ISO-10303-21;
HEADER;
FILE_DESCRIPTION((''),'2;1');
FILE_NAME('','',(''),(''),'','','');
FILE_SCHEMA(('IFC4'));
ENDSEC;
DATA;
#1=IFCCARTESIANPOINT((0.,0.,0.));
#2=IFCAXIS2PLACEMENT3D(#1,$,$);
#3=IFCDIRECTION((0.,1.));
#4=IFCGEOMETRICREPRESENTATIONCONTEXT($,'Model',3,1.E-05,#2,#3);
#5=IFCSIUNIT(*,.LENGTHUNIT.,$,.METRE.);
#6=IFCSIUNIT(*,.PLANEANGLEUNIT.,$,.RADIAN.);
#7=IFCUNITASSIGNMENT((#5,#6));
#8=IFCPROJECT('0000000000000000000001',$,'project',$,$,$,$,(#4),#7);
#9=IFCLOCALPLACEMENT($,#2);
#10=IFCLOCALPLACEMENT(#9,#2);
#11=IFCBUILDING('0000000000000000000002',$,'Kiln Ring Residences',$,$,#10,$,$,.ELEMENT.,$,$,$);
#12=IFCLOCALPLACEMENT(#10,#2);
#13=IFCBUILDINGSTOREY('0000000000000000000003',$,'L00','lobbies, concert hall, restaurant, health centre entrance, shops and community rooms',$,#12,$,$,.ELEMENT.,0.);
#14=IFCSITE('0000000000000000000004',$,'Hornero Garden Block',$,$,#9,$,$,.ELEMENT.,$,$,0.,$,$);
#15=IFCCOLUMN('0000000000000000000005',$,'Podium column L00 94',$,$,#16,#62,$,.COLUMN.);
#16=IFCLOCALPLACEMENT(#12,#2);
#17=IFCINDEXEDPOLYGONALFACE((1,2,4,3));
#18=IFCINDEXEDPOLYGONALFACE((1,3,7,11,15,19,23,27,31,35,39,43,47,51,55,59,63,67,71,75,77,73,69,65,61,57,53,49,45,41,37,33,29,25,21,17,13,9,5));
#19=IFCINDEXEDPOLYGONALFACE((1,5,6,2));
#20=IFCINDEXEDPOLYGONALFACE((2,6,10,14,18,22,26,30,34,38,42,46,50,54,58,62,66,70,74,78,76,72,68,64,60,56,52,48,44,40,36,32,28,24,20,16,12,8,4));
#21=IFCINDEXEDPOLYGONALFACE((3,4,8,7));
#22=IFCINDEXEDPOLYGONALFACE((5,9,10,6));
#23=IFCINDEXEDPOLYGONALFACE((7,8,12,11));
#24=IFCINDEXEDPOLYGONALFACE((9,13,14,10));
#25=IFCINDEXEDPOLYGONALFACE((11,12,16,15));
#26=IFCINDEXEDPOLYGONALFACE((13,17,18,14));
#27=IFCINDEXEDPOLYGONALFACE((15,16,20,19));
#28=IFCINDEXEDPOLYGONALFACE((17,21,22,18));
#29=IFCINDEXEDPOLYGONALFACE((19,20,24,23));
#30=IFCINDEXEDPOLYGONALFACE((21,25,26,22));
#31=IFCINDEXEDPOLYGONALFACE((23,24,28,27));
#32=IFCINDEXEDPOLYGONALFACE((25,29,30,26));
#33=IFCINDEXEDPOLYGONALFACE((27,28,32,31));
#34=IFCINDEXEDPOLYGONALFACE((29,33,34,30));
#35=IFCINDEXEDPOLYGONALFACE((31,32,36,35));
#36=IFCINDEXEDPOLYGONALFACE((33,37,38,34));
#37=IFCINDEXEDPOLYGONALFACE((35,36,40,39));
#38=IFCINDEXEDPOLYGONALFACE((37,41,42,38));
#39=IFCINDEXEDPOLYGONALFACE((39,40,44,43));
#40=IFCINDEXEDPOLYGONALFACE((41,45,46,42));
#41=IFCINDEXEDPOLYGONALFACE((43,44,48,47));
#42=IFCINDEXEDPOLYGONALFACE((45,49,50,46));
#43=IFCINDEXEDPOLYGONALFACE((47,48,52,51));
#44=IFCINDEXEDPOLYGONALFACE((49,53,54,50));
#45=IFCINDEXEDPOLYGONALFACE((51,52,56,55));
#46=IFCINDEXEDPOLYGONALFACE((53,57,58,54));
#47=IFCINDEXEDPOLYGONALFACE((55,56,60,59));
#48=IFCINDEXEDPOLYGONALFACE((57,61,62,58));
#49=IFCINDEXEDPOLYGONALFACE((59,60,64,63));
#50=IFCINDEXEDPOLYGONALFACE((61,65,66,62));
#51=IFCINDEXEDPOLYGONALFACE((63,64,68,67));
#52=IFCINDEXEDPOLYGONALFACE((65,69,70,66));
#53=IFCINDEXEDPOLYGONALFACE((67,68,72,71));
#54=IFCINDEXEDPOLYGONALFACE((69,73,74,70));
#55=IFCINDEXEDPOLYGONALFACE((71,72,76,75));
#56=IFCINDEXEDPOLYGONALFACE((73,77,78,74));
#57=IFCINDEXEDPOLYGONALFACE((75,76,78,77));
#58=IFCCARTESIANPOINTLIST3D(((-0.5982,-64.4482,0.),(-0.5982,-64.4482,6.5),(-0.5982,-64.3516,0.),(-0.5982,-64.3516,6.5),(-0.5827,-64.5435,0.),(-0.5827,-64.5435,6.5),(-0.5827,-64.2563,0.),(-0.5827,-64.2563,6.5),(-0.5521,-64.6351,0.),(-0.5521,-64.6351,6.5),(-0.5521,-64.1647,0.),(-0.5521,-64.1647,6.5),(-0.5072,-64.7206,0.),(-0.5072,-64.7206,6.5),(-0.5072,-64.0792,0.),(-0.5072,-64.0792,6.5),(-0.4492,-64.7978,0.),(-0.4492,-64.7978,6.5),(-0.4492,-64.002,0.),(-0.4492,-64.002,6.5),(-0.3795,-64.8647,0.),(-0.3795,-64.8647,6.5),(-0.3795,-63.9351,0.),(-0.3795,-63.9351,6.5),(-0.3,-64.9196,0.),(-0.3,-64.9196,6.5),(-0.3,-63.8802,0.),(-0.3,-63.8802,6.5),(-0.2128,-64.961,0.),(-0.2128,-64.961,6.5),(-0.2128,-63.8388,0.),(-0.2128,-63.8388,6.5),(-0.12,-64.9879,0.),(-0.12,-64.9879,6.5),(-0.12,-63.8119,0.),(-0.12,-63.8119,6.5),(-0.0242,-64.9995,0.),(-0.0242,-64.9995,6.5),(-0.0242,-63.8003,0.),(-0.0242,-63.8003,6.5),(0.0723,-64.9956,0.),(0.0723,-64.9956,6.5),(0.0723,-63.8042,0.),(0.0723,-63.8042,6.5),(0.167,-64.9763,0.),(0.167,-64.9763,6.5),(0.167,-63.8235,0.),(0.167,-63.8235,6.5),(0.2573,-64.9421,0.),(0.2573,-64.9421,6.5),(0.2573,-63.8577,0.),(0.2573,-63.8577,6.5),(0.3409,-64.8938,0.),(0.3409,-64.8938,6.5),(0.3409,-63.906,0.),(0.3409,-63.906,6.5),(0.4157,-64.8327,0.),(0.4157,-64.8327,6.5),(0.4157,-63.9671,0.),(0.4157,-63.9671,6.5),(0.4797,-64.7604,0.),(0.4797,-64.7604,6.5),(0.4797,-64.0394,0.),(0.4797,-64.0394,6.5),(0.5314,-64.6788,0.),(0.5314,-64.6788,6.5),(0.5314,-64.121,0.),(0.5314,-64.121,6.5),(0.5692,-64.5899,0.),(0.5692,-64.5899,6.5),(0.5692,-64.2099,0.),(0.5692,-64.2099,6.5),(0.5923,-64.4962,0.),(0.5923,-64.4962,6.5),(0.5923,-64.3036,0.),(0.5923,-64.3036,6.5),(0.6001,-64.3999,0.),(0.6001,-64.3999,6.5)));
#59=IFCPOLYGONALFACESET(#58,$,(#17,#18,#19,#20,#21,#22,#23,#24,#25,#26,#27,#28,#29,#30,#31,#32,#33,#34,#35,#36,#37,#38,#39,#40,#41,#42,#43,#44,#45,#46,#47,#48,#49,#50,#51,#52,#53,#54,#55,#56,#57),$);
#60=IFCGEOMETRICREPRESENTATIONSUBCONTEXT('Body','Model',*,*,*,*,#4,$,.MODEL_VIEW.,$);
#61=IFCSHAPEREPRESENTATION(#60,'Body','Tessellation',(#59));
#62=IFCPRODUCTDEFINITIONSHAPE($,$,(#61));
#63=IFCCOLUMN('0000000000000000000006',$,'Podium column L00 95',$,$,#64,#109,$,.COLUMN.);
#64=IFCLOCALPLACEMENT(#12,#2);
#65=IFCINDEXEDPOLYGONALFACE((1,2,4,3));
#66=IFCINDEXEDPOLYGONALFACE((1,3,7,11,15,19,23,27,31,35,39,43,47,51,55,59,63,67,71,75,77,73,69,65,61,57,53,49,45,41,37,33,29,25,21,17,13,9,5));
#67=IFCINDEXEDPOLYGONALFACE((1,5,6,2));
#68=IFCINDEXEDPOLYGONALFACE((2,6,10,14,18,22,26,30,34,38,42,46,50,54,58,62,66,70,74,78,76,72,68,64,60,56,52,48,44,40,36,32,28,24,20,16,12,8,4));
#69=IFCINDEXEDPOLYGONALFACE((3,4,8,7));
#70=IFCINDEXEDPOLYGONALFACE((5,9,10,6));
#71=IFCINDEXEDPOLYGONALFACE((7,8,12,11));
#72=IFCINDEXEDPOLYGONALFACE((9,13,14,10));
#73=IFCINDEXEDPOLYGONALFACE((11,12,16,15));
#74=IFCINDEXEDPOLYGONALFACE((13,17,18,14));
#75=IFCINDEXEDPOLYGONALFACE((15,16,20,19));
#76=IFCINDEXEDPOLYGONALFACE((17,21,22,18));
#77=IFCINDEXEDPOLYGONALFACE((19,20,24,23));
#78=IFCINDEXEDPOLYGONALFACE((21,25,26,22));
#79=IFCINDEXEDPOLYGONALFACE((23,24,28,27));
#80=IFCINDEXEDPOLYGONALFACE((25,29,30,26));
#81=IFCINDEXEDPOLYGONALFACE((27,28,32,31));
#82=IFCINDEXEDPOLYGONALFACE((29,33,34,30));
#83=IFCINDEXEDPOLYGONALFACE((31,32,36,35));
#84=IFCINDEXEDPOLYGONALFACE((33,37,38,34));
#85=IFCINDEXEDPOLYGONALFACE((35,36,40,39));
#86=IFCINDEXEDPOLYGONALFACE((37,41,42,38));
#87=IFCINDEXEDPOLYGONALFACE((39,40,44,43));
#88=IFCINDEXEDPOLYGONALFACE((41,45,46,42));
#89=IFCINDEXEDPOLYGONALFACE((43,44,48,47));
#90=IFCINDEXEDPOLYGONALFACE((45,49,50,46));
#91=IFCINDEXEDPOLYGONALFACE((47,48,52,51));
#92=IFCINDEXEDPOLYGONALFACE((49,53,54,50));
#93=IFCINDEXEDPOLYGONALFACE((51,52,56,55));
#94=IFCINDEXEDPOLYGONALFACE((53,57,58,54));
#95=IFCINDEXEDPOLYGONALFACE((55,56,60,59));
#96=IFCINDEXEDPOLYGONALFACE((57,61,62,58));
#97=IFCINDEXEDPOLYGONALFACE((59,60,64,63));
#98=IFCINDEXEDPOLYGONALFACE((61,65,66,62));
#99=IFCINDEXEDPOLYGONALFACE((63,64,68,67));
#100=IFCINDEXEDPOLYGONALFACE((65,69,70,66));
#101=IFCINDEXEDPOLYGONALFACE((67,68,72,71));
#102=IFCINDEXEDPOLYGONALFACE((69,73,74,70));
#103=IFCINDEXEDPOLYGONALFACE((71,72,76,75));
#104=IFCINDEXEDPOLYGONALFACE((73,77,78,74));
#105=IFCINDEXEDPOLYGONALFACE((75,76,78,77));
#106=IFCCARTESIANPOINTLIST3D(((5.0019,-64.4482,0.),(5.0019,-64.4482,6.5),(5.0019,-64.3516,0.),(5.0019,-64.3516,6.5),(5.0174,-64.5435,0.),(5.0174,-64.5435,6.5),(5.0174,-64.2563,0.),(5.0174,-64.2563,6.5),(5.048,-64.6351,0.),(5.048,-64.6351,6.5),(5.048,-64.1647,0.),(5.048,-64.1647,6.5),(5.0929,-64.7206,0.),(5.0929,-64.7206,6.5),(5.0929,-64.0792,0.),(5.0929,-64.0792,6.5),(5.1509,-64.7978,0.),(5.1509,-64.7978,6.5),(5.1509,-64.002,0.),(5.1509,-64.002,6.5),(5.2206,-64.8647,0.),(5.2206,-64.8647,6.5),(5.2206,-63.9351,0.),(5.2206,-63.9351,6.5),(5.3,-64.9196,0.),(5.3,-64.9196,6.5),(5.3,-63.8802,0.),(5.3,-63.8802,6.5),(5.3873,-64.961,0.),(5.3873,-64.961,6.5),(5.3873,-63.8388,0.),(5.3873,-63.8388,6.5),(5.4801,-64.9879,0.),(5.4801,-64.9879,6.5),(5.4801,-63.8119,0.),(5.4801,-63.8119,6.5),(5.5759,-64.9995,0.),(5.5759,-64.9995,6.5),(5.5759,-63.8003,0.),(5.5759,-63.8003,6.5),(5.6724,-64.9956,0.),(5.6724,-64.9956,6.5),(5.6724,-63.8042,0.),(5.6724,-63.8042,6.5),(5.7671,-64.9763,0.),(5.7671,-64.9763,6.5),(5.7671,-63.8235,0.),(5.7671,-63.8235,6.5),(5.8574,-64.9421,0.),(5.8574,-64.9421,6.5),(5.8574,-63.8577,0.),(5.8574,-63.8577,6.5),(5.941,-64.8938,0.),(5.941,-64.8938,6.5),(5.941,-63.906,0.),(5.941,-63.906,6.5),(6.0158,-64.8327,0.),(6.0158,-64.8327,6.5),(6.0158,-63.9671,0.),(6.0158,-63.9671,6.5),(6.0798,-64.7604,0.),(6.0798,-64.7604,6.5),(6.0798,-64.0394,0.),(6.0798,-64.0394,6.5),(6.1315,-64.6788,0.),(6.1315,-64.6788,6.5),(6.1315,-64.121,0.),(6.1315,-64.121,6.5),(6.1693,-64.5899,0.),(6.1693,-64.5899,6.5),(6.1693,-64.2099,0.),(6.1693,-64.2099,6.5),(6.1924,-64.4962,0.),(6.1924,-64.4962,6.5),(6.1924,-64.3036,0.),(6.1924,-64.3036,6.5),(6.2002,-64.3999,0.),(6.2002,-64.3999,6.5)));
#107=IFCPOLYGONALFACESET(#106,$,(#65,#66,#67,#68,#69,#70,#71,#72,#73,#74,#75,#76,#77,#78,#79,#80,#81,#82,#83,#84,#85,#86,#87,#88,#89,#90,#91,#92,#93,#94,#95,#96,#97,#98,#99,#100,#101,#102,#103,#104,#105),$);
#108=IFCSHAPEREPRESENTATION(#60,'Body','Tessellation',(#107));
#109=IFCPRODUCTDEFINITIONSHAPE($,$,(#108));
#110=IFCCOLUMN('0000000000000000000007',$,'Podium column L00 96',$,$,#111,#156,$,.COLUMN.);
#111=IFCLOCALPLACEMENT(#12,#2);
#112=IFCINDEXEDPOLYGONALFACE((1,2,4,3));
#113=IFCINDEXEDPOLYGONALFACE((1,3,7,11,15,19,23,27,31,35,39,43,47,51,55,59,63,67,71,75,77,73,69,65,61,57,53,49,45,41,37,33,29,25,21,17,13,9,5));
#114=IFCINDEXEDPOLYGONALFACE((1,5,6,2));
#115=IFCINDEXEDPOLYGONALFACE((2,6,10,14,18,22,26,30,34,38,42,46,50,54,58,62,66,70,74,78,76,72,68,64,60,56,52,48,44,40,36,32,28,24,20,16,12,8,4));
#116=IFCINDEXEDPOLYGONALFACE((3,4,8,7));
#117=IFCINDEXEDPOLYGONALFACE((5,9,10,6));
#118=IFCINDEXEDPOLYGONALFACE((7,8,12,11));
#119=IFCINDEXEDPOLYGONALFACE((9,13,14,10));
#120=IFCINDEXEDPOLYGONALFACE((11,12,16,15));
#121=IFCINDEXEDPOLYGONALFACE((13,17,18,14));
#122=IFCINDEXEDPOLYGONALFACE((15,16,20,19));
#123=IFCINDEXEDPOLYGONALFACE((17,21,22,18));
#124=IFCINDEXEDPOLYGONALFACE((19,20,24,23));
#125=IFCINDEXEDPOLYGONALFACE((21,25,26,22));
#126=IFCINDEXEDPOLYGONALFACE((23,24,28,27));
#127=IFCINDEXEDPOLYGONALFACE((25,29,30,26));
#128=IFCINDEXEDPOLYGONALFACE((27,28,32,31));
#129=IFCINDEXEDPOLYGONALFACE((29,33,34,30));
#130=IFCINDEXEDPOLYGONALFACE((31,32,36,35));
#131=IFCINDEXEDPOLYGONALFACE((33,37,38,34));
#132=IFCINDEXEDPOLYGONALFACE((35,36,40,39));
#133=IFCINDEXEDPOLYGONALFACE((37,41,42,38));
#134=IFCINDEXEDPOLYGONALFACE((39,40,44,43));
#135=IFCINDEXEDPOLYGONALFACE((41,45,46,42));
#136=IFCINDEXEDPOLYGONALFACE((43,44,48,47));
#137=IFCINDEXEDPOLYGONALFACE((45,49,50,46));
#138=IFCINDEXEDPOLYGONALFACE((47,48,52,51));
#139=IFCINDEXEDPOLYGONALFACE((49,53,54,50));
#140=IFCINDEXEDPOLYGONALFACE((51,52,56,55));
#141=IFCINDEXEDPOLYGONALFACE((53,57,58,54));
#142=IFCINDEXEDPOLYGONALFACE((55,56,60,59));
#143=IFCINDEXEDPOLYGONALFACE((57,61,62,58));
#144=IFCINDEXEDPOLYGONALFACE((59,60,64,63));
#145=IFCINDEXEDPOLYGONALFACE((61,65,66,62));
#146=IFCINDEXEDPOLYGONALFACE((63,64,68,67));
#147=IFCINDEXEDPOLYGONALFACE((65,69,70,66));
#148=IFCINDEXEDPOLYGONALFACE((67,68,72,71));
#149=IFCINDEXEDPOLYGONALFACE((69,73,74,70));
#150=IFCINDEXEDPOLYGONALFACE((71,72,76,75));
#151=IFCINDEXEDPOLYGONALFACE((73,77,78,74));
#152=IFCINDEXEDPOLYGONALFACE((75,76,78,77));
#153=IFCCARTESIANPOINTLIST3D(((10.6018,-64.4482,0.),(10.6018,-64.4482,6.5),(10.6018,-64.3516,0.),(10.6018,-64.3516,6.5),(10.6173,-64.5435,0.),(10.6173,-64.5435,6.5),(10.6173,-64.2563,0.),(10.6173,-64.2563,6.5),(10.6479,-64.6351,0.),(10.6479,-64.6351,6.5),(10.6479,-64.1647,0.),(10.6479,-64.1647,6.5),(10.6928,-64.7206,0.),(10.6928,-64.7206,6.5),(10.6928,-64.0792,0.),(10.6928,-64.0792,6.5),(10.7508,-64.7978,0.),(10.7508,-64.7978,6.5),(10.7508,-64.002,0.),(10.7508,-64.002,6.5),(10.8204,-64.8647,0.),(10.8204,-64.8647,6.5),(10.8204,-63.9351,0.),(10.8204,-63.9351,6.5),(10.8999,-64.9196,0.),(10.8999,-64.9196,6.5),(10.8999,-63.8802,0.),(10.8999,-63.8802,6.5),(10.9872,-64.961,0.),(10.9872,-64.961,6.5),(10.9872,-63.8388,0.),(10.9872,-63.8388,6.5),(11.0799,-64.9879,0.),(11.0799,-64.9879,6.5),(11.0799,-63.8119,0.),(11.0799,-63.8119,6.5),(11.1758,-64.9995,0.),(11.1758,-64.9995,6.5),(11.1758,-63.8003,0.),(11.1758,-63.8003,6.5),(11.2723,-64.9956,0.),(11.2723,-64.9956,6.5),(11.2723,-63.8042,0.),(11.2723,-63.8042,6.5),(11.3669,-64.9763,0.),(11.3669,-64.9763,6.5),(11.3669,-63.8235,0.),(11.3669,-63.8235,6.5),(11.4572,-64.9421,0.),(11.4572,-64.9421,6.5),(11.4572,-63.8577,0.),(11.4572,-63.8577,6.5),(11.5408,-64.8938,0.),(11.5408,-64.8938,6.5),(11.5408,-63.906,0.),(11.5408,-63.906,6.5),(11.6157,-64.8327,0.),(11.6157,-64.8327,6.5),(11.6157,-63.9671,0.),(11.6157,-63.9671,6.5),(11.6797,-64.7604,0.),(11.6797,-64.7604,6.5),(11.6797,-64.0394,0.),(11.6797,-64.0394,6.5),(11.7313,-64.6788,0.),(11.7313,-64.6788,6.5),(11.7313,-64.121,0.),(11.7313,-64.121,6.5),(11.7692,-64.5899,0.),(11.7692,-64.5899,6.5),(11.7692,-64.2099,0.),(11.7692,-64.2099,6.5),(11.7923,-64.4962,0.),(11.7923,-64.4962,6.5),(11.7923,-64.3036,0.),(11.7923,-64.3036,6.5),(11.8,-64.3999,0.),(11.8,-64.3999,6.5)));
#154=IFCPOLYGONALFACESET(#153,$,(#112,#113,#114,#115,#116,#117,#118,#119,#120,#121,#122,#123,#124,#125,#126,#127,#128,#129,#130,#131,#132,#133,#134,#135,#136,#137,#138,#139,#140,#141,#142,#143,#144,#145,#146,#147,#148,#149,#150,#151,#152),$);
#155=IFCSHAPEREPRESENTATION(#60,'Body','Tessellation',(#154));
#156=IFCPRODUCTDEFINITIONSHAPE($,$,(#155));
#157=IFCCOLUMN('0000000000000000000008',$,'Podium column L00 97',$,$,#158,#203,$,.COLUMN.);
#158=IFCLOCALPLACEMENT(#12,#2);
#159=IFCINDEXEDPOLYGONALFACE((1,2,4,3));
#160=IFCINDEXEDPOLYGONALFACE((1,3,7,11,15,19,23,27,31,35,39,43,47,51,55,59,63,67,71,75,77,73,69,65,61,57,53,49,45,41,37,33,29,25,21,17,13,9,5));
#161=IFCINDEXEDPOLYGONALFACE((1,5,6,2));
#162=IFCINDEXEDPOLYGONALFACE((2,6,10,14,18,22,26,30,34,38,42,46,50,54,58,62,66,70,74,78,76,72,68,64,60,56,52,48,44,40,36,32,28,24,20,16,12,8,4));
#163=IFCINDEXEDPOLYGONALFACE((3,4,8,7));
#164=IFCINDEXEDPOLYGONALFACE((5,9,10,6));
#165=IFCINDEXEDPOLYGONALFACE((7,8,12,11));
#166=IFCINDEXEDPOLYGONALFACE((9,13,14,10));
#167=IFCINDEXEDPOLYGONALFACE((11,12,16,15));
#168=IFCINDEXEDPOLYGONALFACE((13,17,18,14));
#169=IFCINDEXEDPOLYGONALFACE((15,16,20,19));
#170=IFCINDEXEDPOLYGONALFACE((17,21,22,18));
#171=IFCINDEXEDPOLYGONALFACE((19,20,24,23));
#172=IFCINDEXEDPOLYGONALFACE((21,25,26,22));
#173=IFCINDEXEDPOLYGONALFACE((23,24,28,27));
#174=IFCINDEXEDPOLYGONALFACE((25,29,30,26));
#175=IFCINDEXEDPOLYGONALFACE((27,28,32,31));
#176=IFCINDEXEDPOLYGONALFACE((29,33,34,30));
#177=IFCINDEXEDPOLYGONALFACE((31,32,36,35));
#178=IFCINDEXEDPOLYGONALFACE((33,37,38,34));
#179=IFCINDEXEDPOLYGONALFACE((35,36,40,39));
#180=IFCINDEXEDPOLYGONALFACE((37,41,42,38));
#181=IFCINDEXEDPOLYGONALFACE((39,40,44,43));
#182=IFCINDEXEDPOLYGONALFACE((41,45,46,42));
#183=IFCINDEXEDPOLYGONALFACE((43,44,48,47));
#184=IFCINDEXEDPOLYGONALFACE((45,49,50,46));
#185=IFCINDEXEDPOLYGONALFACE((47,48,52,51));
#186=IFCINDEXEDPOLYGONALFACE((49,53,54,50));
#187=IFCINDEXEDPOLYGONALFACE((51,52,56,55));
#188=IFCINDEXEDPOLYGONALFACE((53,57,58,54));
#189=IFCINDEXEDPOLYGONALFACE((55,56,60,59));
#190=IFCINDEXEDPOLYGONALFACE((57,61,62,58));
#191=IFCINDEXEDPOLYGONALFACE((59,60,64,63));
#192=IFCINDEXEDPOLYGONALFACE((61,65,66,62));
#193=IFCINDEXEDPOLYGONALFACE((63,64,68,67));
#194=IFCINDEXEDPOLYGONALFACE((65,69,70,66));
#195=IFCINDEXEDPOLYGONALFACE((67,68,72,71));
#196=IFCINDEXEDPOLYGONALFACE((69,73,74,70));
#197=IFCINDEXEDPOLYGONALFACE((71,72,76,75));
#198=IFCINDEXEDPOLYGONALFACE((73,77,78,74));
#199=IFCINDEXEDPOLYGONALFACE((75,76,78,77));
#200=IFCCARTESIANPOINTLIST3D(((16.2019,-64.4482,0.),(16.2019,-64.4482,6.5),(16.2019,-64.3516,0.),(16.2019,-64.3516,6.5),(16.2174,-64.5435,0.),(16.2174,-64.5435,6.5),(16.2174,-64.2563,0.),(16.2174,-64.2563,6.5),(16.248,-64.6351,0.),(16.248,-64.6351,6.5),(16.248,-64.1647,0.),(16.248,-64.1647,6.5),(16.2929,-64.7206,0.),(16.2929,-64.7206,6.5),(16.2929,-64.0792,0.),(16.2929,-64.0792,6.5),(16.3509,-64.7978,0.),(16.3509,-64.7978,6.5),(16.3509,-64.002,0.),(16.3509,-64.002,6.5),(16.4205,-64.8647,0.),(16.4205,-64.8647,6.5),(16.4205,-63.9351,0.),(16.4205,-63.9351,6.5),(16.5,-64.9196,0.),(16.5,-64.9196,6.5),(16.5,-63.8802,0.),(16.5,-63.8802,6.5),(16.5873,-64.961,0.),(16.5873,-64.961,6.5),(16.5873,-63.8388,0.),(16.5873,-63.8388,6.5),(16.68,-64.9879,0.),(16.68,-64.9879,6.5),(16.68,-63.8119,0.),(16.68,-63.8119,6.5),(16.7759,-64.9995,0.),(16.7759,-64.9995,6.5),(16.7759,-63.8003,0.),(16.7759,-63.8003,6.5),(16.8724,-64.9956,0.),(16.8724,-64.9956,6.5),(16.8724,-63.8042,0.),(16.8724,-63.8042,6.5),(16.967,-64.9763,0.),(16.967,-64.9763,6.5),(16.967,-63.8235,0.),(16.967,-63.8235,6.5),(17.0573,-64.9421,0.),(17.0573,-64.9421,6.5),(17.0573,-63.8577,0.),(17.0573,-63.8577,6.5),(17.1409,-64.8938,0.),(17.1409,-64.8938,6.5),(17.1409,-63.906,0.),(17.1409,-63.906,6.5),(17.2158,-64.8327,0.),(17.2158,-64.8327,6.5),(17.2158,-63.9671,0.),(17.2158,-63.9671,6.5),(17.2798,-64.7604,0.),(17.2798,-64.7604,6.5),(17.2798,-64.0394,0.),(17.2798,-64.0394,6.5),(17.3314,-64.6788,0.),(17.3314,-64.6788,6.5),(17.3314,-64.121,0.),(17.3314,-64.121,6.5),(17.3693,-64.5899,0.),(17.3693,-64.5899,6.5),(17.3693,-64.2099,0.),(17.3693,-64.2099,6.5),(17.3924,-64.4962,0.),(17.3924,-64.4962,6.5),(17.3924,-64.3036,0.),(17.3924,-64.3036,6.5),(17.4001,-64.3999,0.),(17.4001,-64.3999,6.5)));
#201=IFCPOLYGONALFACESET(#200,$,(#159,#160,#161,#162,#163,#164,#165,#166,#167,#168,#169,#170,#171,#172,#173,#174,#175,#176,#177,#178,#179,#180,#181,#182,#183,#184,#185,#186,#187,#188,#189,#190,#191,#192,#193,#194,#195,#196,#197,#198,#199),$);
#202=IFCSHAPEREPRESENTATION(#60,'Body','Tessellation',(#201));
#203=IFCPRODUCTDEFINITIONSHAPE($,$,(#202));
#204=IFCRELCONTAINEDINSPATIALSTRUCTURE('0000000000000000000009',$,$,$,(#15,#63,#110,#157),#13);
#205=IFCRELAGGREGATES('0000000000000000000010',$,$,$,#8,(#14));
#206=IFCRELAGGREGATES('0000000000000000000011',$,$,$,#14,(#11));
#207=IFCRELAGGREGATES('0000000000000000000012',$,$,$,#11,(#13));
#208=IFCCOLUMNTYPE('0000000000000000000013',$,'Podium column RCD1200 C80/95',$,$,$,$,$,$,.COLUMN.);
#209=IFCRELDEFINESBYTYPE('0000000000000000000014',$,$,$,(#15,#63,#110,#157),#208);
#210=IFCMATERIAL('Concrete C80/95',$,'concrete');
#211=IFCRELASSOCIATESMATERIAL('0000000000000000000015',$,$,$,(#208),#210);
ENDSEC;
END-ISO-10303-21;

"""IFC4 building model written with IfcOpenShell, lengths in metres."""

from ifc_helpers import new_model, si_unit, direction, frame, origin, origin_2d, place, context, subcontext, project, spatial, circle, extrude, material, material_profile, profile_set, type_object, element, save


model = new_model("IFC4")

# Units and contexts
model_context = context("Model", 3, precision=1e-05, world=origin(), true_north=direction((0.0, 1.0)))
body_context = subcontext(model_context, "Body", "Model", "MODEL_VIEW")
ifc_project = project(units=[si_unit("LENGTHUNIT", "METRE"), si_unit("PLANEANGLEUNIT", "RADIAN")], contexts=[model_context])

# Site, building, storey
site_placement = place(None, origin())
site = spatial("IfcSite", under=ifc_project, at=site_placement, Name="Hornero Garden Block", CompositionType="ELEMENT", RefElevation=0.0)
building_placement = place(site_placement, origin())
building = spatial("IfcBuilding", under=site, at=building_placement, Name="Kiln Ring Residences", CompositionType="ELEMENT")
storey_placement = place(building_placement, origin())
storey = spatial("IfcBuildingStorey", under=building, at=storey_placement, Name="L00", Description="lobbies, concert hall, restaurant, health centre entrance, shops and community rooms", CompositionType="ELEMENT", Elevation=0.0)

# Columns
ifc_material_1 = material(Name="Concrete C80/95", Category="concrete")
ifc_material_profile_1 = material_profile(ifc_material_1, circle(Radius=0.6001, at=origin_2d()), Name="RCD1200")
ifc_profile_set_1 = profile_set([ifc_material_profile_1], Name="Concrete C80/95")
column_type = type_object("IfcColumnType", Name="Podium column RCD1200 C80/95", PredefinedType="COLUMN", material=ifc_profile_set_1)
for number, where, z_axis, x_axis, name in (
    (1, (0.0, -64.3999, 0.0), (0.0, 0.0, 1.0), (1.0, 0.0, 0.0), "Podium column L00 94"),
    (2, (5.6001, -64.3999, 0.0), (0.0, 0.0, 1.0), (1.0, 0.0, 0.0), "Podium column L00 95"),
    (3, (11.2, -64.3999, 0.0), (0.0, 0.0, 1.0), (1.0, 0.0, 0.0), "Podium column L00 96"),
    (4, (16.8, -64.3999, 0.0), (0.0, 0.0, 1.0), (1.0, 0.0, 0.0), "Podium column L00 97"),
):
    element("IfcColumn", number, at=place(storey_placement, frame(where, z_axis=z_axis, x_axis=x_axis)), inside=storey, type_object=column_type, Name=name, PredefinedType="COLUMN", context=body_context, shape_type="SweptSolid", body=[
        extrude(circle(Radius=0.6001, at=origin_2d()), origin(), (0.0, 0.0, 1.0), 6.5),
    ])

save(model, "model.ifc")
